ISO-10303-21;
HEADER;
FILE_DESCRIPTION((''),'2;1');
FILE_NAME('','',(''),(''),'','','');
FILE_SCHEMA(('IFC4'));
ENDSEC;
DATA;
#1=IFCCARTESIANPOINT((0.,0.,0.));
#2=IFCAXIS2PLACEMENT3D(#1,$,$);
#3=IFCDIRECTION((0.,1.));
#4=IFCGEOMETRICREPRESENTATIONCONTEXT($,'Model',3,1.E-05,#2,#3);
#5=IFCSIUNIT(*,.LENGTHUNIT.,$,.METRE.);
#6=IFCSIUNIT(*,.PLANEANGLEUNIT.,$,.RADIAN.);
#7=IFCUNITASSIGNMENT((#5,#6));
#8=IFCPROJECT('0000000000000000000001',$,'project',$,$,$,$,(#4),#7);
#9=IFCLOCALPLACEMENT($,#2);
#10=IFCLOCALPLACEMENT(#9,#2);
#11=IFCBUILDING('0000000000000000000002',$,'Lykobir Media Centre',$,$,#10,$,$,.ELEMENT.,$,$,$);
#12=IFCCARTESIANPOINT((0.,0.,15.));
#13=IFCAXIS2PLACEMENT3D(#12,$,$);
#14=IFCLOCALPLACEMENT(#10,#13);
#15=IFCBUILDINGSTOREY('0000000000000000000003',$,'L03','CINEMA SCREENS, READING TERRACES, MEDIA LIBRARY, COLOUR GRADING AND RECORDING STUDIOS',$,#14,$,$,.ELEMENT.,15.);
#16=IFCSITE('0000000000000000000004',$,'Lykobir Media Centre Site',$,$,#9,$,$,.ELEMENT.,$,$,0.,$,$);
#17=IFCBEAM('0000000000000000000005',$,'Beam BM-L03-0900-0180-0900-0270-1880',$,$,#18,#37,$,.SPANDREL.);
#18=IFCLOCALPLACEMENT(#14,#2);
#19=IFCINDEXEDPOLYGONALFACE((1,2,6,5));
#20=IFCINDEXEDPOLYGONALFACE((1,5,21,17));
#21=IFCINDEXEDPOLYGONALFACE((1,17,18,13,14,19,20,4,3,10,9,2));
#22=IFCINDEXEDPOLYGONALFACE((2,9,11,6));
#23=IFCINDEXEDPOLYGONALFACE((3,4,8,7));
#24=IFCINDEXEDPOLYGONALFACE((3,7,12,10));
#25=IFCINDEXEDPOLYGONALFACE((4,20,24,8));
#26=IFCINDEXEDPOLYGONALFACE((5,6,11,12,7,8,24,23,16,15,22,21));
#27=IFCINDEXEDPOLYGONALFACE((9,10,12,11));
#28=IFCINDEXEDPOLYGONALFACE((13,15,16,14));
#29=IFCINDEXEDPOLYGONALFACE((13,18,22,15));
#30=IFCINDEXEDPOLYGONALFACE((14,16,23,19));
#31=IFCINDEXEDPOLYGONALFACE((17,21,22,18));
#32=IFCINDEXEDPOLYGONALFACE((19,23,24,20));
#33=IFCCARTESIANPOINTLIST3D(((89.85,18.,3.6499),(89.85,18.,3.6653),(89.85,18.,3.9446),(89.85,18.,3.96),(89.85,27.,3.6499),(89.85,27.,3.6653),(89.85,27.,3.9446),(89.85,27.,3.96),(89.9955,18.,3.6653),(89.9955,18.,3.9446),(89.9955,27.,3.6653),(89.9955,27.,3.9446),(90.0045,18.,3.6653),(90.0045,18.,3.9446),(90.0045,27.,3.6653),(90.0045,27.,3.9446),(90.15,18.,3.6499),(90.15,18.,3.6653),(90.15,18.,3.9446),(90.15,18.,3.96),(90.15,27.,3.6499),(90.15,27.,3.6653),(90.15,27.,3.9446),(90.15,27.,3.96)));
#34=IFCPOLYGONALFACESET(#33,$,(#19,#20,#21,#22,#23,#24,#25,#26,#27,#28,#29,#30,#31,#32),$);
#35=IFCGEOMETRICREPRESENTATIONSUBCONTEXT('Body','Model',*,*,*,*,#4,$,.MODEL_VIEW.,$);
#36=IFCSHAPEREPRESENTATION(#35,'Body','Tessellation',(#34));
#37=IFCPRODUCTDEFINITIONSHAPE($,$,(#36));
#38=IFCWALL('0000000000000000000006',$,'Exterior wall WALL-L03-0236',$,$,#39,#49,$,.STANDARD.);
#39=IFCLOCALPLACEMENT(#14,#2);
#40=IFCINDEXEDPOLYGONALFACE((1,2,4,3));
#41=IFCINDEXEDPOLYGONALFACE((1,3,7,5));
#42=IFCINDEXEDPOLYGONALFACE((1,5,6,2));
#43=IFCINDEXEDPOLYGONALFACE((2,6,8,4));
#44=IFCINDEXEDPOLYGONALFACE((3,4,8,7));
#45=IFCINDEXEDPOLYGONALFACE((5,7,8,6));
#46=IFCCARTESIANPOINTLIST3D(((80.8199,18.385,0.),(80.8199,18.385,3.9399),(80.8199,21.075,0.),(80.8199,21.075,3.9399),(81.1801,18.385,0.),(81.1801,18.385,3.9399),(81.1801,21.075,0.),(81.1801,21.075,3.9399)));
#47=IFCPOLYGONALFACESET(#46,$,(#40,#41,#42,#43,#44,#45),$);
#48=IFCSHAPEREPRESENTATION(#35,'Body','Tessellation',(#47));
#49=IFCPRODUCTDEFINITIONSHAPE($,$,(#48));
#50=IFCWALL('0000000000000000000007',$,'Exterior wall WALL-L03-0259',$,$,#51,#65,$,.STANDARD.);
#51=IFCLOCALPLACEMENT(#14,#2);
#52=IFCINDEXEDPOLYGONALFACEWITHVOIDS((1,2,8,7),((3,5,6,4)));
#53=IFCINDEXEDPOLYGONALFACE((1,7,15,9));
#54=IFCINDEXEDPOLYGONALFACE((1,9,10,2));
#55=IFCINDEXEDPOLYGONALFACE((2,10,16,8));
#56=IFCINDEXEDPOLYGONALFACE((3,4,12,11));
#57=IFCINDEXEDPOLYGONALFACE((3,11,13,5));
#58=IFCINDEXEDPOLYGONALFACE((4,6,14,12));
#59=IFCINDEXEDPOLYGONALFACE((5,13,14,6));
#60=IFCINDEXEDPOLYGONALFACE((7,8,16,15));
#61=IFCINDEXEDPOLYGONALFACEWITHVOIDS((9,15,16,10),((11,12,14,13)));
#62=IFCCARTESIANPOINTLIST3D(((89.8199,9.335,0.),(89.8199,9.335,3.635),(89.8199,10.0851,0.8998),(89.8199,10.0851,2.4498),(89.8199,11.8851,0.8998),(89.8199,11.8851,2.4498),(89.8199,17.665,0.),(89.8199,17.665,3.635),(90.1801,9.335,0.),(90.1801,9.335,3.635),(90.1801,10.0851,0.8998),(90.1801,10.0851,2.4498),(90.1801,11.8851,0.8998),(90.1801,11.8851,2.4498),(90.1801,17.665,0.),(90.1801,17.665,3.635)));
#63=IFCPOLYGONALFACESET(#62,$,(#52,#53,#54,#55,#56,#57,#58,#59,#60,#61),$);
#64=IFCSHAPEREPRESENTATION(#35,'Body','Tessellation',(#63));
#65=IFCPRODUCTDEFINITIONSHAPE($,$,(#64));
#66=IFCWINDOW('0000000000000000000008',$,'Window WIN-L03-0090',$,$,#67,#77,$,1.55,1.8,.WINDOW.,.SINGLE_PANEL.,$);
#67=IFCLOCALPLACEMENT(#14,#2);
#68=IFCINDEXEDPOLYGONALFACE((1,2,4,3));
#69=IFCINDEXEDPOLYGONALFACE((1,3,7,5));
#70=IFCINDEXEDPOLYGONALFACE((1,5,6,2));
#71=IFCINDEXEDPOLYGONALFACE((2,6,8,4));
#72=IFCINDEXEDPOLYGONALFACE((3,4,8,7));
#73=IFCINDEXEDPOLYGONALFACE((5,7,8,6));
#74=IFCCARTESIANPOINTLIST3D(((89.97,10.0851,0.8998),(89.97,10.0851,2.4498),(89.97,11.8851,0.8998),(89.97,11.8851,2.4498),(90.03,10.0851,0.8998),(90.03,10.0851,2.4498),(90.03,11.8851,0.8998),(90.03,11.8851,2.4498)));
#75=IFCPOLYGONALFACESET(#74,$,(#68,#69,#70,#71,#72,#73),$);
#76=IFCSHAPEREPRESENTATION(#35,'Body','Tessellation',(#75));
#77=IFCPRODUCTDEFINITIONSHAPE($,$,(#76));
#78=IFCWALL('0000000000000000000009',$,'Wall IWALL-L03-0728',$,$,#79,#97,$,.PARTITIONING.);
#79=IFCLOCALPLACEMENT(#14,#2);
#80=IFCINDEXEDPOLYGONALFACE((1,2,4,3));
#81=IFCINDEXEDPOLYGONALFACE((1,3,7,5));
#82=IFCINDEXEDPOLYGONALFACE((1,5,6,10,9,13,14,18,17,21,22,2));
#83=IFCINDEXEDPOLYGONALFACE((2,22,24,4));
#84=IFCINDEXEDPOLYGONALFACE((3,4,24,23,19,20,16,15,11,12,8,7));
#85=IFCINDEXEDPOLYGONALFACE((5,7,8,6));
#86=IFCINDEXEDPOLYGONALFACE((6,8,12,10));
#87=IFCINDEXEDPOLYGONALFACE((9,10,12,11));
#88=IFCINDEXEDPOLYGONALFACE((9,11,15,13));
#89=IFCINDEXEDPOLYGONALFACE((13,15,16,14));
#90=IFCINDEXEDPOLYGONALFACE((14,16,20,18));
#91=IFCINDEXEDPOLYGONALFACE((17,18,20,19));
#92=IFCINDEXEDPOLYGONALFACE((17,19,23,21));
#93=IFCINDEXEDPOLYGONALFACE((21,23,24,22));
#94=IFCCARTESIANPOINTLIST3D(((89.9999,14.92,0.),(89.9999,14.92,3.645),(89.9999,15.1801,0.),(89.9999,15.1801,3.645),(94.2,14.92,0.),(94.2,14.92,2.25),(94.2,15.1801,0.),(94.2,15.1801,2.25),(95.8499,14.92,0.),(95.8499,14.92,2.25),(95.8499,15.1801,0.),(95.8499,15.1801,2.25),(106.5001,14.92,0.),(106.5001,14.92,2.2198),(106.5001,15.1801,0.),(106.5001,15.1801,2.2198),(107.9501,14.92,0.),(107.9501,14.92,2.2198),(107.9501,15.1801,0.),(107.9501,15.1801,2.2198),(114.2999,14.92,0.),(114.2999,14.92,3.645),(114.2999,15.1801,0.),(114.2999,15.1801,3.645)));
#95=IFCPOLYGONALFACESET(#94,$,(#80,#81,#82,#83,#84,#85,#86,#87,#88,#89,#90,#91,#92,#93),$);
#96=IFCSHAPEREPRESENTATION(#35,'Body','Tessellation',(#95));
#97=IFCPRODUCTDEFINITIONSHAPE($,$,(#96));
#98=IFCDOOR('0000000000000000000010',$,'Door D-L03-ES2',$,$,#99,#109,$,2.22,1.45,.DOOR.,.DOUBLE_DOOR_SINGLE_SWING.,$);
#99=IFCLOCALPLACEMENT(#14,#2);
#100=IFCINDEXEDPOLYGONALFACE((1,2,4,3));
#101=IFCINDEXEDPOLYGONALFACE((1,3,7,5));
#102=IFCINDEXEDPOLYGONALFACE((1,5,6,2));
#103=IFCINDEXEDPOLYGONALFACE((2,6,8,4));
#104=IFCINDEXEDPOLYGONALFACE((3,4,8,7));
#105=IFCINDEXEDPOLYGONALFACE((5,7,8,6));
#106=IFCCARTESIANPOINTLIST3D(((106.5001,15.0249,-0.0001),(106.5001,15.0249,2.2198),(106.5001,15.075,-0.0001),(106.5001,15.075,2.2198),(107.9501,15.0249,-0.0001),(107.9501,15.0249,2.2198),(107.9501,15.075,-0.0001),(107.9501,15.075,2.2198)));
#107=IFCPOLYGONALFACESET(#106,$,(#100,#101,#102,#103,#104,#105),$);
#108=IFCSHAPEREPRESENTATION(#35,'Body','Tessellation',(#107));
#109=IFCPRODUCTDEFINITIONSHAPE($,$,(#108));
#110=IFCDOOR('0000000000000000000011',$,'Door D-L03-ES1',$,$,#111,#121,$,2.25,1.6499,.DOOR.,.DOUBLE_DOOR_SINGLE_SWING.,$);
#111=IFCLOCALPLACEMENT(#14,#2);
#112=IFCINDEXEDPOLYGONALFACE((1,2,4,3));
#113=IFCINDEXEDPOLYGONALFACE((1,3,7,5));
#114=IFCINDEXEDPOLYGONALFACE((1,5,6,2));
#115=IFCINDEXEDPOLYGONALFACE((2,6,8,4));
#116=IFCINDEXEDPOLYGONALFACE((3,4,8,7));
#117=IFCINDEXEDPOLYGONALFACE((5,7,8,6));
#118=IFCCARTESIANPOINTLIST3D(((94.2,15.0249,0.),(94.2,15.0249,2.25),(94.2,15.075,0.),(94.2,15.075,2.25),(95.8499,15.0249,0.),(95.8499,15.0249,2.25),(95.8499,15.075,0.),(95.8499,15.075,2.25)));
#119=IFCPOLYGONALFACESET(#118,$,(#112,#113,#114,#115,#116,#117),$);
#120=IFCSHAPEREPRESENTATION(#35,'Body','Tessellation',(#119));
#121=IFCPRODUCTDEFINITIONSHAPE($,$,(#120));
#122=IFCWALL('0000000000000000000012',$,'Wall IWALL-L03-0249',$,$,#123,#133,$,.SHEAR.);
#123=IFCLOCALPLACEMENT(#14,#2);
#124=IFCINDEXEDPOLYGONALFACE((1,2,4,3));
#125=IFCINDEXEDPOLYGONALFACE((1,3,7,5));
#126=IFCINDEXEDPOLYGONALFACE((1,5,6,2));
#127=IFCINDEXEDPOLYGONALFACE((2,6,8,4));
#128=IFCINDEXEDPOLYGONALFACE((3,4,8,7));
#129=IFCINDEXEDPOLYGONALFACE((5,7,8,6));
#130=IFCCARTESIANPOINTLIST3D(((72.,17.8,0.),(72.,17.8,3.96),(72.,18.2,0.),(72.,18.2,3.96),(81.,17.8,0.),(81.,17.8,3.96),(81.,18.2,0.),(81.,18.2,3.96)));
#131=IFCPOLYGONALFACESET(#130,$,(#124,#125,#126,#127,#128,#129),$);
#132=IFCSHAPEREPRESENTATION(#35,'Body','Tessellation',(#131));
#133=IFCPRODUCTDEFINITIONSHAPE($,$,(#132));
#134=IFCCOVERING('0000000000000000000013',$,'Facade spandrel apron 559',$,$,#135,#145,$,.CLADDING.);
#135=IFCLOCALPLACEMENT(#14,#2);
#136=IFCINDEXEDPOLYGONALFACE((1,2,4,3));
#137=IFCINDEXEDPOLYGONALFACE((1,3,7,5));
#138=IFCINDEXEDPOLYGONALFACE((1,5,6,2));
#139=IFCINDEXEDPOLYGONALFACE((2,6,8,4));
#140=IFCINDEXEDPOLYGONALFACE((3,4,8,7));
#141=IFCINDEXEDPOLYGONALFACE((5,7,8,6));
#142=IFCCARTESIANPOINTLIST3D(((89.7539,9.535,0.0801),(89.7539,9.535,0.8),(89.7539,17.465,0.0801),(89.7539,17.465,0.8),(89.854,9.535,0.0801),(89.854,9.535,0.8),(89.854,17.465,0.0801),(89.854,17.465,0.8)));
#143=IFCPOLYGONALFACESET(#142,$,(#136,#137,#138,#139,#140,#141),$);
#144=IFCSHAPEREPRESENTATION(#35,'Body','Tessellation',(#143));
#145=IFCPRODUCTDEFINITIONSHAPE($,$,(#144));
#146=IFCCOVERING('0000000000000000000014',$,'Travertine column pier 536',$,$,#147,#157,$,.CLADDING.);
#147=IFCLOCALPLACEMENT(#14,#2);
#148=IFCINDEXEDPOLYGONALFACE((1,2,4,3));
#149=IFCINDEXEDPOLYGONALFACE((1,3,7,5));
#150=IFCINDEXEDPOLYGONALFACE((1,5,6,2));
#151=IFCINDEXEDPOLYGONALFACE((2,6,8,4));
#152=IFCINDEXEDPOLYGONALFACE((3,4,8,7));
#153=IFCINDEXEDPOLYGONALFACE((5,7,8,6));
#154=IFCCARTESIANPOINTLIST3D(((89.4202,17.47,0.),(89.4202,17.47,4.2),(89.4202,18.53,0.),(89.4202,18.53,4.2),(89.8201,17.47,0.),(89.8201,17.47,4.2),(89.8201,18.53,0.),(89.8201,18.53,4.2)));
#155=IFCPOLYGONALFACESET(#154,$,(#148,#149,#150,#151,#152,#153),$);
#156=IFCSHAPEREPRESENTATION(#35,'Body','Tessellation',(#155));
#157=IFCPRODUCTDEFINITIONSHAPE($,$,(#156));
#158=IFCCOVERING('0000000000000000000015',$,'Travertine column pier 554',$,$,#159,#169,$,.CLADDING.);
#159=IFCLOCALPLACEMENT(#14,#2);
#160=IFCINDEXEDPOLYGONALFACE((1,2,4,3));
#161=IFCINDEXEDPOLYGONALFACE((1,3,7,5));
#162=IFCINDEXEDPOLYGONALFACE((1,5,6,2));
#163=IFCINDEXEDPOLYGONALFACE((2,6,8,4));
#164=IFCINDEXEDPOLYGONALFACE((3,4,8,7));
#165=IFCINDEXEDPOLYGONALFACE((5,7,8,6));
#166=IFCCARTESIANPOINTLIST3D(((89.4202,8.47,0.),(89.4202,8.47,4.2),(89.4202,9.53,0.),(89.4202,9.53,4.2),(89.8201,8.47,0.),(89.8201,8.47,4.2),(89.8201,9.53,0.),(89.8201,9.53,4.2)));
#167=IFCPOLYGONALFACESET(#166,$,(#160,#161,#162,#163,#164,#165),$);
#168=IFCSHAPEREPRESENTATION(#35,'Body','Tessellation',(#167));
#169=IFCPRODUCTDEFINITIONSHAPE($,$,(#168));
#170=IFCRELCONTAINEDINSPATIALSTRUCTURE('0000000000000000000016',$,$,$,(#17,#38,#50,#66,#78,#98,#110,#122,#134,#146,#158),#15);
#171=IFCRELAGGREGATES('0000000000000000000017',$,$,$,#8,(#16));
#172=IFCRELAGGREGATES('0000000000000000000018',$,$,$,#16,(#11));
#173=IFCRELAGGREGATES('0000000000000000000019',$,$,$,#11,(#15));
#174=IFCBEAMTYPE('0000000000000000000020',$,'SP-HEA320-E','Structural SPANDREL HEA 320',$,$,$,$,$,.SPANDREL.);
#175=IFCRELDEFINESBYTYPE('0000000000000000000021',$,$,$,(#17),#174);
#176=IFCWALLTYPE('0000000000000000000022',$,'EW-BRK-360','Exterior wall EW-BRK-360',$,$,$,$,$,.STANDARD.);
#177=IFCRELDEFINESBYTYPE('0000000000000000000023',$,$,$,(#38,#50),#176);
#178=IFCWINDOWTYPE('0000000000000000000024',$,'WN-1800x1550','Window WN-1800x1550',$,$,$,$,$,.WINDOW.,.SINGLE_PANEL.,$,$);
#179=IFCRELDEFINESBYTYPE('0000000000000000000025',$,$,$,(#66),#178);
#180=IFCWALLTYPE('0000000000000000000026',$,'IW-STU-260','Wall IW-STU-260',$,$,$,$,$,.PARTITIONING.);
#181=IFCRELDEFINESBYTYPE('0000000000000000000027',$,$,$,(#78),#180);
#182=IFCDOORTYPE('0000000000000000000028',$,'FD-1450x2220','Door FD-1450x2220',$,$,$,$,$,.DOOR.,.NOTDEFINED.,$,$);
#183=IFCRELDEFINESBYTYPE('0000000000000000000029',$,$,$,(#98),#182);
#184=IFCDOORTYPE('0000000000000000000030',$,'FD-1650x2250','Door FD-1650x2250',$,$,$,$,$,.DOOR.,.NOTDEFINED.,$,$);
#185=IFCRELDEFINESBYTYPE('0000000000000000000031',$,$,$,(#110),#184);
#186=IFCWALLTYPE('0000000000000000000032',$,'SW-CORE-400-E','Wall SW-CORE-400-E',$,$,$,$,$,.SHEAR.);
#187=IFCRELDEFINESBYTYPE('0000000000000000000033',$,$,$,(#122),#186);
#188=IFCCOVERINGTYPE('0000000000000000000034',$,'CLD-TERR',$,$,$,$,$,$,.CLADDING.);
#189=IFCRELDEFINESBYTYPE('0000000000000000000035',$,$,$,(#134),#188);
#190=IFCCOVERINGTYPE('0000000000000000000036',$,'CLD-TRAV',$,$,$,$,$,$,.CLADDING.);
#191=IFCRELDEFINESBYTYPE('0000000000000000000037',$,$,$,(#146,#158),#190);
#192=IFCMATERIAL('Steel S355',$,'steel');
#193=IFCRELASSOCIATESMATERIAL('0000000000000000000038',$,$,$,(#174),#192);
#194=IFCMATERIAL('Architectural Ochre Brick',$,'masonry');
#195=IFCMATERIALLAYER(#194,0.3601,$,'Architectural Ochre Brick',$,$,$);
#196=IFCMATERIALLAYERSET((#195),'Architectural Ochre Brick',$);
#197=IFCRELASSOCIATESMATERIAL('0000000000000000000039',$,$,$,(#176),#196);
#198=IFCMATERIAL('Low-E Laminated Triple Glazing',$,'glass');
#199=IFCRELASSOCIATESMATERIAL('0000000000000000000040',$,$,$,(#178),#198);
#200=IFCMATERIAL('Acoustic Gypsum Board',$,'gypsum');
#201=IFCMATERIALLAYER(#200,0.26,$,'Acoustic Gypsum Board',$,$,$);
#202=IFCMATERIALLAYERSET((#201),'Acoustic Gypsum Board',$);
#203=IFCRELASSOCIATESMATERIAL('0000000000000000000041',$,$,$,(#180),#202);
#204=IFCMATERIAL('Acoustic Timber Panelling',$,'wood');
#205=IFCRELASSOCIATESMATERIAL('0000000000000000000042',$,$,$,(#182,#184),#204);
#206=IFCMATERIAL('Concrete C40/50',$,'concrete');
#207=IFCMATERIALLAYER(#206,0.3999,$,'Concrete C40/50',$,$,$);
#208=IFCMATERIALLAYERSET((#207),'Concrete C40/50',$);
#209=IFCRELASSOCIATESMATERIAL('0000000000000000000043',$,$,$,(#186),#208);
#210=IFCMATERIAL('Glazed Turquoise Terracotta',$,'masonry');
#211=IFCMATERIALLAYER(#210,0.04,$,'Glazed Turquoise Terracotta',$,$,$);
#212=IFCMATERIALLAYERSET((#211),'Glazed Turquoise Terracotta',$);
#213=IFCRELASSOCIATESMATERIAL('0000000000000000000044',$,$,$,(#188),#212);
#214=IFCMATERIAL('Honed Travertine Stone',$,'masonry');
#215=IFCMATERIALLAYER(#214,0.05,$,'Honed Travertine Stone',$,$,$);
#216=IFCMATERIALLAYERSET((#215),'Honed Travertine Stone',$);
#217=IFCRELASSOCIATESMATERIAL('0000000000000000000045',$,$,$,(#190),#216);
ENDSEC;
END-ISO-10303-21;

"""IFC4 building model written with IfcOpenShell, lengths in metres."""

from ifc_helpers import new_model, si_unit, direction, frame, frame_2d, origin, origin_2d, place, context, subcontext, project, spatial, rectangle, i_section, extrude, material, layer, layer_set, material_profile, profile_set, type_object, element, fill, save


model = new_model("IFC4")

# Units and contexts
model_context = context("Model", 3, precision=1e-05, world=origin(), true_north=direction((0.0, 1.0)))
body_context = subcontext(model_context, "Body", "Model", "MODEL_VIEW")
ifc_project = project(units=[si_unit("LENGTHUNIT", "METRE"), si_unit("PLANEANGLEUNIT", "RADIAN")], contexts=[model_context])

# Site, building, storey
site_placement = place(None, origin())
site = spatial("IfcSite", under=ifc_project, at=site_placement, Name="Lykobir Media Centre Site", CompositionType="ELEMENT", RefElevation=0.0)
building_placement = place(site_placement, origin())
building = spatial("IfcBuilding", under=site, at=building_placement, Name="Lykobir Media Centre", CompositionType="ELEMENT")
storey_placement = place(building_placement, frame((0.0, 0.0, 15.0)))
storey = spatial("IfcBuildingStorey", under=building, at=storey_placement, Name="L03", Description="CINEMA SCREENS, READING TERRACES, MEDIA LIBRARY, COLOUR GRADING AND RECORDING STUDIOS", CompositionType="ELEMENT", Elevation=15.0)

# Shared definitions
ifc_material_1 = material(Name="Concrete C40/50", Category="concrete")

# Beam
ifc_material_2 = material(Name="Steel S355", Category="steel")
ifc_material_profile_1 = material_profile(ifc_material_2, i_section(OverallWidth=0.3, OverallDepth=0.3101, WebThickness=0.009, FlangeThickness=0.0154, at=origin_2d()), Name="HEA 320")
ifc_profile_set_1 = profile_set([ifc_material_profile_1], Name="Steel S355")
beam_type_1 = type_object("IfcBeamType", Name="SP-HEA320-E", Description="Structural SPANDREL HEA 320", PredefinedType="SPANDREL", material=ifc_profile_set_1)
for number, where, z_axis, x_axis, name in (
    (1, (90.0, 18.0, 3.8049), (0.0, 1.0, 0.0), (-1.0, 0.0, 0.0), "Beam BM-L03-0900-0180-0900-0270-1880"),
):
    element("IfcBeam", number, at=place(storey_placement, frame(where, z_axis=z_axis, x_axis=x_axis)), inside=storey, type_object=beam_type_1, Name=name, PredefinedType="SPANDREL", context=body_context, shape_type="SweptSolid", body=[
        extrude(i_section(OverallWidth=0.3, OverallDepth=0.3101, WebThickness=0.009, FlangeThickness=0.0154, at=origin_2d()), origin(), (0.0, 0.0, 1.0), 9.0),
    ])

# Wall
ifc_material_3 = material(Name="Architectural Ochre Brick", Category="masonry")
ifc_layer_1 = layer(ifc_material_3, 0.3601, Name="Architectural Ochre Brick")
ifc_layer_set_1 = layer_set([ifc_layer_1], Name="Architectural Ochre Brick")
wall_type_1 = type_object("IfcWallType", Name="EW-BRK-360", Description="Exterior wall EW-BRK-360", PredefinedType="STANDARD", material=ifc_layer_set_1)
wall_1_placement = place(storey_placement, frame((81.0, 18.385, 0.0), z_axis=(0.0, 0.0, 1.0), x_axis=(0.0, 1.0, 0.0)))
element("IfcWall", 2, at=wall_1_placement, inside=storey, type_object=wall_type_1, Name="Exterior wall WALL-L03-0236", PredefinedType="STANDARD", context=body_context, shape_type="SweptSolid", body=[
    extrude(rectangle(XDim=2.6899, YDim=0.3601, at=frame_2d((1.345, 0.0))), origin(), (0.0, 0.0, 1.0), 3.9399),
])

# Wall, opening, window
wall_2_placement = place(storey_placement, frame((90.0, 17.665, 0.0), z_axis=(0.0, 0.0, 1.0), x_axis=(0.0, -1.0, 0.0)))
wall_2 = element("IfcWall", 3, at=wall_2_placement, inside=storey, type_object=wall_type_1, Name="Exterior wall WALL-L03-0259", PredefinedType="STANDARD", context=body_context, shape_type="SweptSolid", body=[
    extrude(rectangle(XDim=8.3301, YDim=0.3601, at=frame_2d((4.165, 0.0))), origin(), (0.0, 0.0, 1.0), 3.635),
])
opening_1_placement = place(wall_2_placement, frame((5.78, 0.0, 0.8999)))
opening_1 = element("IfcOpeningElement", 4, at=opening_1_placement, cuts=wall_2, PredefinedType="OPENING", context=body_context, shape_type="SweptSolid", body=[
    extrude(rectangle(XDim=1.8, YDim=1.55, at=frame_2d((0.8999, 0.7749))), frame((0.0, 0.1899, 0.0), z_axis=(0.0, -1.0, 0.0), x_axis=(1.0, 0.0, 0.0)), (0.0, 0.0, 1.0), 0.3801),
])
ifc_material_4 = material(Name="Low-E Laminated Triple Glazing", Category="glass")
window_type = type_object("IfcWindowType", Name="WN-1800x1550", Description="Window WN-1800x1550", PartitioningType="SINGLE_PANEL", PredefinedType="WINDOW", material=ifc_material_4)
window_placement = place(opening_1_placement, origin())
window = element("IfcWindow", 5, at=window_placement, inside=storey, type_object=window_type, Name="Window WIN-L03-0090", OverallHeight=1.55, OverallWidth=1.8, PartitioningType="SINGLE_PANEL", PredefinedType="WINDOW", context=body_context, shape_type="SweptSolid", body=[
    extrude(rectangle(XDim=1.8, YDim=1.55, at=frame_2d((0.8999, 0.7749))), frame((0.0, 0.03, 0.0), z_axis=(0.0, -1.0, 0.0), x_axis=(1.0, 0.0, 0.0)), (0.0, 0.0, 1.0), 0.0601),
])
fill(opening_1, window)

# Wall, openings, doors
ifc_material_5 = material(Name="Acoustic Gypsum Board", Category="gypsum")
ifc_layer_2 = layer(ifc_material_5, 0.26, Name="Acoustic Gypsum Board")
ifc_layer_set_2 = layer_set([ifc_layer_2], Name="Acoustic Gypsum Board")
wall_type_2 = type_object("IfcWallType", Name="IW-STU-260", Description="Wall IW-STU-260", PredefinedType="PARTITIONING", material=ifc_layer_set_2)
wall_3_placement = place(storey_placement, frame((90.0, 15.05, 0.0), z_axis=(0.0, 0.0, 1.0), x_axis=(1.0, 0.0, 0.0)))
wall_3 = element("IfcWall", 6, at=wall_3_placement, inside=storey, type_object=wall_type_2, Name="Wall IWALL-L03-0728", PredefinedType="PARTITIONING", context=body_context, shape_type="SweptSolid", body=[
    extrude(rectangle(XDim=24.3, YDim=0.26, at=frame_2d((12.1499, 0.0))), origin(), (0.0, 0.0, 1.0), 3.645),
])
opening_2_placement = place(wall_3_placement, frame((4.2, 0.0, 0.0)))
opening_2 = element("IfcOpeningElement", 7, at=opening_2_placement, cuts=wall_3, PredefinedType="OPENING", context=body_context, shape_type="SweptSolid", body=[
    extrude(rectangle(XDim=1.6499, YDim=2.25, at=frame_2d((0.825, 1.125))), frame((0.0, 0.1399, 0.0), z_axis=(0.0, -1.0, 0.0), x_axis=(1.0, 0.0, 0.0)), (0.0, 0.0, 1.0), 0.28),
])
opening_3_placement = place(wall_3_placement, frame((16.5, 0.0, 0.0)))
opening_3 = element("IfcOpeningElement", 8, at=opening_3_placement, cuts=wall_3, PredefinedType="OPENING", context=body_context, shape_type="SweptSolid", body=[
    extrude(rectangle(XDim=1.45, YDim=2.22, at=frame_2d((0.7251, 1.1099))), frame((0.0, 0.1399, 0.0), z_axis=(0.0, -1.0, 0.0), x_axis=(1.0, 0.0, 0.0)), (0.0, 0.0, 1.0), 0.28),
])
ifc_material_6 = material(Name="Acoustic Timber Panelling", Category="wood")
door_type_1 = type_object("IfcDoorType", Name="FD-1450x2220", Description="Door FD-1450x2220", OperationType="NOTDEFINED", PredefinedType="DOOR", material=ifc_material_6)
door_1_placement = place(opening_3_placement, origin())
door_1 = element("IfcDoor", 9, at=door_1_placement, inside=storey, type_object=door_type_1, Name="Door D-L03-ES2", OperationType="DOUBLE_DOOR_SINGLE_SWING", OverallHeight=2.22, OverallWidth=1.45, PredefinedType="DOOR", context=body_context, shape_type="SweptSolid", body=[
    extrude(rectangle(XDim=1.45, YDim=2.22, at=frame_2d((0.7251, 1.1099))), frame((0.0, 0.0249, 0.0), z_axis=(0.0, -1.0, 0.0), x_axis=(1.0, 0.0, 0.0)), (0.0, 0.0, 1.0), 0.05),
])
fill(opening_3, door_1)
door_type_2 = type_object("IfcDoorType", Name="FD-1650x2250", Description="Door FD-1650x2250", OperationType="NOTDEFINED", PredefinedType="DOOR", material=ifc_material_6)
door_2_placement = place(opening_2_placement, origin())
door_2 = element("IfcDoor", 10, at=door_2_placement, inside=storey, type_object=door_type_2, Name="Door D-L03-ES1", OperationType="DOUBLE_DOOR_SINGLE_SWING", OverallHeight=2.25, OverallWidth=1.6499, PredefinedType="DOOR", context=body_context, shape_type="SweptSolid", body=[
    extrude(rectangle(XDim=1.6499, YDim=2.25, at=frame_2d((0.825, 1.125))), frame((0.0, 0.0249, 0.0), z_axis=(0.0, -1.0, 0.0), x_axis=(1.0, 0.0, 0.0)), (0.0, 0.0, 1.0), 0.05),
])
fill(opening_2, door_2)

# Wall
ifc_layer_3 = layer(ifc_material_1, 0.3999, Name="Concrete C40/50")
ifc_layer_set_3 = layer_set([ifc_layer_3], Name="Concrete C40/50")
wall_type_3 = type_object("IfcWallType", Name="SW-CORE-400-E", Description="Wall SW-CORE-400-E", PredefinedType="SHEAR", material=ifc_layer_set_3)
wall_4_placement = place(storey_placement, frame((81.0, 18.0, 0.0), z_axis=(0.0, 0.0, 1.0), x_axis=(-1.0, 0.0, 0.0)))
element("IfcWall", 11, at=wall_4_placement, inside=storey, type_object=wall_type_3, Name="Wall IWALL-L03-0249", PredefinedType="SHEAR", context=body_context, shape_type="SweptSolid", body=[
    extrude(rectangle(XDim=9.0, YDim=0.3999, at=frame_2d((4.5, 0.0))), origin(), (0.0, 0.0, 1.0), 3.96),
])

# Coverings
ifc_material_7 = material(Name="Glazed Turquoise Terracotta", Category="masonry")
ifc_layer_4 = layer(ifc_material_7, 0.04, Name="Glazed Turquoise Terracotta")
ifc_layer_set_4 = layer_set([ifc_layer_4], Name="Glazed Turquoise Terracotta")
covering_type_1 = type_object("IfcCoveringType", Name="CLD-TERR", PredefinedType="CLADDING", material=ifc_layer_set_4)
covering_1_placement = place(storey_placement, frame((89.804, 13.5, 0.0801), z_axis=(0.0, 0.0, 1.0), x_axis=(0.0, -1.0, 0.0)))
element("IfcCovering", 12, at=covering_1_placement, inside=storey, type_object=covering_type_1, Name="Facade spandrel apron 559", PredefinedType="CLADDING", context=body_context, shape_type="SweptSolid", body=[
    extrude(rectangle(XDim=7.9299, YDim=0.1001, at=origin_2d()), origin(), (0.0, 0.0, 1.0), 0.72),
])
ifc_material_8 = material(Name="Honed Travertine Stone", Category="masonry")
ifc_layer_5 = layer(ifc_material_8, 0.05, Name="Honed Travertine Stone")
ifc_layer_set_5 = layer_set([ifc_layer_5], Name="Honed Travertine Stone")
covering_type_2 = type_object("IfcCoveringType", Name="CLD-TRAV", PredefinedType="CLADDING", material=ifc_layer_set_5)
for number, where, z_axis, x_axis, name in (
    (13, (89.6201, 18.0, 0.0), (0.0, 0.0, 1.0), (0.0, -1.0, 0.0), "Travertine column pier 536"),
    (14, (89.6201, 9.0, 0.0), (0.0, 0.0, 1.0), (0.0, -1.0, 0.0), "Travertine column pier 554"),
):
    element("IfcCovering", number, at=place(storey_placement, frame(where, z_axis=z_axis, x_axis=x_axis)), inside=storey, type_object=covering_type_2, Name=name, PredefinedType="CLADDING", context=body_context, shape_type="SweptSolid", body=[
        extrude(rectangle(XDim=1.0601, YDim=0.3999, at=origin_2d()), origin(), (0.0, 0.0, 1.0), 4.2),
    ])

save(model, "model.ifc")
